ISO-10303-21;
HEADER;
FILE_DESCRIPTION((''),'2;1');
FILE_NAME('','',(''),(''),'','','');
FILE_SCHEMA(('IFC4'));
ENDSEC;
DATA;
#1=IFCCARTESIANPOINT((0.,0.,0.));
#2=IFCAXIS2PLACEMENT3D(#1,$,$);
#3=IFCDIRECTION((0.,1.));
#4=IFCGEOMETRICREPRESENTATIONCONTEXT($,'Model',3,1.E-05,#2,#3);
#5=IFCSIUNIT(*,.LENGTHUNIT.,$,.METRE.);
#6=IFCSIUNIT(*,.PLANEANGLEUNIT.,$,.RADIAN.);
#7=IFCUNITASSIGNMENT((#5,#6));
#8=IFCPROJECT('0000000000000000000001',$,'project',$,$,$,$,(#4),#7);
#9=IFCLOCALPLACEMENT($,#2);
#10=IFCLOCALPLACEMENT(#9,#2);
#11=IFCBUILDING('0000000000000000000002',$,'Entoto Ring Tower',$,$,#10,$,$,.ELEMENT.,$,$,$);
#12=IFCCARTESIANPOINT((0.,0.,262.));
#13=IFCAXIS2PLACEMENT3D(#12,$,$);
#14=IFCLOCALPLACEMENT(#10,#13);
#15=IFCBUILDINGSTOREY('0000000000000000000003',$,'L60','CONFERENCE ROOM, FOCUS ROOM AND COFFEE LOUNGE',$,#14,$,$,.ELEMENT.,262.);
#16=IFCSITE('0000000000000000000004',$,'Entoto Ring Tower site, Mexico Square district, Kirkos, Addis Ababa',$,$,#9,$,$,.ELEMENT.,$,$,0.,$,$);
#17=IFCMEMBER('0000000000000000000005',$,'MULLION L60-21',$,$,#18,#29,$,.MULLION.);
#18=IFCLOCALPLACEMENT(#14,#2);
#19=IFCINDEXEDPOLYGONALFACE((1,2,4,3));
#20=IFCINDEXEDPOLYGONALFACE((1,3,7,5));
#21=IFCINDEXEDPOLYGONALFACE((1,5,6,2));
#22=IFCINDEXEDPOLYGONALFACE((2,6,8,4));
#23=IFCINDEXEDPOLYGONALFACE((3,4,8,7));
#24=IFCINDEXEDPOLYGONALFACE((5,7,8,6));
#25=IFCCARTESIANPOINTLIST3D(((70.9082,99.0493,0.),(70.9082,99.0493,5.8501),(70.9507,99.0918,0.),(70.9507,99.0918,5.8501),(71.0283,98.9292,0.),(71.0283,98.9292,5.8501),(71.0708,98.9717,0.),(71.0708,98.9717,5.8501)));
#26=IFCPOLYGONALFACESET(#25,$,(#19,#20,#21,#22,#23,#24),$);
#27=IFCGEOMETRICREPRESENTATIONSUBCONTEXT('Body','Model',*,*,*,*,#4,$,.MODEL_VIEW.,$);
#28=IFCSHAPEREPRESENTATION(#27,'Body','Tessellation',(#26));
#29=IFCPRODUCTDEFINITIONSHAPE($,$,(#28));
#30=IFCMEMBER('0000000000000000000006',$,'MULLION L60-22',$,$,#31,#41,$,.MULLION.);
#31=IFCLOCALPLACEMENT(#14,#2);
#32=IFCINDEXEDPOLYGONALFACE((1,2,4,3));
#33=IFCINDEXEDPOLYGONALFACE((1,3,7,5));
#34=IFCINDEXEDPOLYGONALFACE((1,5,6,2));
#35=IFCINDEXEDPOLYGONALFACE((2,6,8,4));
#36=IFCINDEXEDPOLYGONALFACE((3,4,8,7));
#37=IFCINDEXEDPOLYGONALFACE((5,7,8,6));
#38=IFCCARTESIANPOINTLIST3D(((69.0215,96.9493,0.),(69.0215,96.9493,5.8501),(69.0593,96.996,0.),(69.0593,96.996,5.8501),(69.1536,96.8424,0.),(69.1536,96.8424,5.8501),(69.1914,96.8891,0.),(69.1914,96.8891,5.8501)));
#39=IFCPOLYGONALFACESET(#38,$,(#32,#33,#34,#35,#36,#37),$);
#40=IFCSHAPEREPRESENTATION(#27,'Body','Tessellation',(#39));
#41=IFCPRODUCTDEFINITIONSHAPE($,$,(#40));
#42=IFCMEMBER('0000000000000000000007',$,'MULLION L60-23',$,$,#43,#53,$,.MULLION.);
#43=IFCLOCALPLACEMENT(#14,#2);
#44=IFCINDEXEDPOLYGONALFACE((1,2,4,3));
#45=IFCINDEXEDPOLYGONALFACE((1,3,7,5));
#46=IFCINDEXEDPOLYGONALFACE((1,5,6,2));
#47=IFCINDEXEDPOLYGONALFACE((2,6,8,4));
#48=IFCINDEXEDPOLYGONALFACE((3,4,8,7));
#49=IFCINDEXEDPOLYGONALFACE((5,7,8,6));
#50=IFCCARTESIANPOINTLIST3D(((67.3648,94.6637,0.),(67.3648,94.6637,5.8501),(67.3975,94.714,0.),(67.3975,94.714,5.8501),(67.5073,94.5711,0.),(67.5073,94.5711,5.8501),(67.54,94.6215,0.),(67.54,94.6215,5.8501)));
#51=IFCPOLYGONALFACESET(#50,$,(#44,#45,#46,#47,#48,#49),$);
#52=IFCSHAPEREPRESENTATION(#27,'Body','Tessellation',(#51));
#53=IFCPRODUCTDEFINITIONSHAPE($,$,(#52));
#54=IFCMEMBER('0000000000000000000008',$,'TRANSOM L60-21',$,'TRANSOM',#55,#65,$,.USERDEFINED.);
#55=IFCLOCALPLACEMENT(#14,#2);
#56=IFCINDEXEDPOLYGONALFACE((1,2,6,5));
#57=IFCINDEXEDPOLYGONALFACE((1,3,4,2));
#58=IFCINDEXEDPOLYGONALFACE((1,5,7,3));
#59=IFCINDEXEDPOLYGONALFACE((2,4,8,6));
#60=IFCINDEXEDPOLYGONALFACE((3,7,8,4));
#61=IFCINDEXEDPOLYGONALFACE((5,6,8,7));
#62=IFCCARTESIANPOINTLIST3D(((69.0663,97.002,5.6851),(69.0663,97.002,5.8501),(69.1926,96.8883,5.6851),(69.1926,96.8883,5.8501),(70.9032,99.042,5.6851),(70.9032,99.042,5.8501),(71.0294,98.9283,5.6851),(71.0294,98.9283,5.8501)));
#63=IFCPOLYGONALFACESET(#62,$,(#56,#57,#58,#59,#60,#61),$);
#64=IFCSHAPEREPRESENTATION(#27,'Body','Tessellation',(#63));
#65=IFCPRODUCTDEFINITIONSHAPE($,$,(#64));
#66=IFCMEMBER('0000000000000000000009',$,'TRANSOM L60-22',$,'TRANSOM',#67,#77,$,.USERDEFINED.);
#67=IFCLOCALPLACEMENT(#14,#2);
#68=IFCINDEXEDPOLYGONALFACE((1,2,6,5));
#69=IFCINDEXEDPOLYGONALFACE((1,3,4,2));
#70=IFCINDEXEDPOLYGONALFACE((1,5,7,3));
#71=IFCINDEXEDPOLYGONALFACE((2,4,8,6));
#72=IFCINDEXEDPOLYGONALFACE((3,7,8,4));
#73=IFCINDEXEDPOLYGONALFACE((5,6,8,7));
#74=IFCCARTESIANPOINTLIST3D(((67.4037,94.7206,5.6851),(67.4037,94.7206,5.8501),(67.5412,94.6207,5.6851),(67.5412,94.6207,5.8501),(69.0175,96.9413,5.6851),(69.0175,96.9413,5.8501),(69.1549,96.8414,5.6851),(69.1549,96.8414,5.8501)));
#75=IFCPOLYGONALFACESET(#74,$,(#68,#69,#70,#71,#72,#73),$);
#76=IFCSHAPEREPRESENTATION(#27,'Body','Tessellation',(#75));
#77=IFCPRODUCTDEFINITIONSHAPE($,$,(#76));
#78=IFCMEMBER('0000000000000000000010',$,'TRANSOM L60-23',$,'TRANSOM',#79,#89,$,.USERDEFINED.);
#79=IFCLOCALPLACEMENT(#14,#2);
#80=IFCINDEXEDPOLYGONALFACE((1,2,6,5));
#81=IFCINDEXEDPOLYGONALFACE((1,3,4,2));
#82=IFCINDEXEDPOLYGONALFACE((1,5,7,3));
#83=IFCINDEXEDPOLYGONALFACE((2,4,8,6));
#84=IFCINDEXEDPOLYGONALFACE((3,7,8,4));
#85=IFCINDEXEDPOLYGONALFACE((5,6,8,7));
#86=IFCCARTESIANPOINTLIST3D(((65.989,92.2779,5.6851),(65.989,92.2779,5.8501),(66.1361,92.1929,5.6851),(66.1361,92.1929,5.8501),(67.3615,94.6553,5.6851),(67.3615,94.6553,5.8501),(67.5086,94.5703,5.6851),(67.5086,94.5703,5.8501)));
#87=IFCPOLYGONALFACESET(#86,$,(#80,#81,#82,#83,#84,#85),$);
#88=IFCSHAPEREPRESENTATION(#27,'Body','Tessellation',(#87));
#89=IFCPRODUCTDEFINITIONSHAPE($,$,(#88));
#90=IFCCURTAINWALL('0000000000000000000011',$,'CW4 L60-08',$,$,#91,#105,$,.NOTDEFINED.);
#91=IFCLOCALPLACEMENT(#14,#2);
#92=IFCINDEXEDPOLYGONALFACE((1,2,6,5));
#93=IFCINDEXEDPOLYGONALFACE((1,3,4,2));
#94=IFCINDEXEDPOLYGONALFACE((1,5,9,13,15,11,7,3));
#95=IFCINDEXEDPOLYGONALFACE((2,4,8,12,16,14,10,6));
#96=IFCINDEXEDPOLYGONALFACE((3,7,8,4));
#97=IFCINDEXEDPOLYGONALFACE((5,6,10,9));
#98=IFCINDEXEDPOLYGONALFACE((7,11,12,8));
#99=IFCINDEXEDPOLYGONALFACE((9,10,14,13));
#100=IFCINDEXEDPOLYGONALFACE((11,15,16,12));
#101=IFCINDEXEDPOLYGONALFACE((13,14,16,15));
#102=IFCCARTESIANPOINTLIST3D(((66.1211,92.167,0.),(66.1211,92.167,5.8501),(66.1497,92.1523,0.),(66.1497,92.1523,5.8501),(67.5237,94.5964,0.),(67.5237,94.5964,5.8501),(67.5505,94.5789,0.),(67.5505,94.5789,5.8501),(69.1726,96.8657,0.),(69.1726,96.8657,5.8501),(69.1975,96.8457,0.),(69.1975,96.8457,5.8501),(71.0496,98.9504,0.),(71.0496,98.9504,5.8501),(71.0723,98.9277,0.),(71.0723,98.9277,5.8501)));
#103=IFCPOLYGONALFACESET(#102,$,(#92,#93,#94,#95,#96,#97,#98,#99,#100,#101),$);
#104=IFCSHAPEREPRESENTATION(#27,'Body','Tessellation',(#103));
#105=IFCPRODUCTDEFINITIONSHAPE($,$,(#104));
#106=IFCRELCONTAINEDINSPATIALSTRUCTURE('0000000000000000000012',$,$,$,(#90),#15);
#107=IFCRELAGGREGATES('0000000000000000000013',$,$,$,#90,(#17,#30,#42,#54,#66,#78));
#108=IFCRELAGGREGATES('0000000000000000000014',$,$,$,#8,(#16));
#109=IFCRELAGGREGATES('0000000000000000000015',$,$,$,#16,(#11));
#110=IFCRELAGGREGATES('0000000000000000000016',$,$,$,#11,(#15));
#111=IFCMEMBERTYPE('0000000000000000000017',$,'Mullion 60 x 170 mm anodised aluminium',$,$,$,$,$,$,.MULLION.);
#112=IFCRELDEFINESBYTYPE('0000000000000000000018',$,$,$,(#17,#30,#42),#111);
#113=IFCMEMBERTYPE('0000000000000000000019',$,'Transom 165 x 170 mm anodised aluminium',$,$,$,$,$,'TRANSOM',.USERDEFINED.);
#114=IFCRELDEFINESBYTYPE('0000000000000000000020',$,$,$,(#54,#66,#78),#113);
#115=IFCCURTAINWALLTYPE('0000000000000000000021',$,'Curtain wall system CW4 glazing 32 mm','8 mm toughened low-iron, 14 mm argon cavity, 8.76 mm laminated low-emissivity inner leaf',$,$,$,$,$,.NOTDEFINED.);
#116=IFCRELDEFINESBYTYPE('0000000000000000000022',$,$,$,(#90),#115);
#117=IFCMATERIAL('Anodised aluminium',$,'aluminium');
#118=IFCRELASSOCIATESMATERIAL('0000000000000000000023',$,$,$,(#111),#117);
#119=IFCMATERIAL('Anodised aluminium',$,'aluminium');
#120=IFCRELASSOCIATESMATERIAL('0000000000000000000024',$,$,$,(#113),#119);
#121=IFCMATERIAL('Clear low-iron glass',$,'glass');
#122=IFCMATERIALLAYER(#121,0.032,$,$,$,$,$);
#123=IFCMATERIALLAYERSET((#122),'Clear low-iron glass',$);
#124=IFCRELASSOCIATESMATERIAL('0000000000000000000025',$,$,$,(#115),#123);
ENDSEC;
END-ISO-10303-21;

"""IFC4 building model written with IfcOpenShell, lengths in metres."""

from ifc_helpers import new_model, si_unit, direction, frame, origin, origin_2d, place, context, subcontext, project, spatial, polyline, rectangle, outline, extrude, material, layer, layer_set, material_profile, profile_set, type_object, element, aggregate, save


model = new_model("IFC4")

# Units and contexts
model_context = context("Model", 3, precision=1e-05, world=origin(), true_north=direction((0.0, 1.0)))
body_context = subcontext(model_context, "Body", "Model", "MODEL_VIEW")
ifc_project = project(units=[si_unit("LENGTHUNIT", "METRE"), si_unit("PLANEANGLEUNIT", "RADIAN")], contexts=[model_context])

# Members
ifc_material_1 = material(Name="Anodised aluminium", Category="aluminium")
ifc_material_profile_1 = material_profile(ifc_material_1, rectangle(XDim=0.0601, YDim=0.1699, at=origin_2d()), Name="Mullion 60 x 170 mm anodised aluminium")
ifc_profile_set_1 = profile_set([ifc_material_profile_1], Name="Anodised aluminium")
member_type_1 = type_object("IfcMemberType", Name="Mullion 60 x 170 mm anodised aluminium", PredefinedType="MULLION", material=ifc_profile_set_1)
site_placement = place(None, origin())
building_placement = place(site_placement, origin())
storey_placement = place(building_placement, frame((0.0, 0.0, 262.0)))
member_1_placement = place(storey_placement, frame((70.9895, 99.0105, 0.0), z_axis=(0.0, 0.0, 1.0), x_axis=(-0.707107, -0.707107, 0.0)))
member_1 = element("IfcMember", 1, at=member_1_placement, type_object=member_type_1, Name="MULLION L60-21", PredefinedType="MULLION", context=body_context, shape_type="SweptSolid", body=[
    extrude(rectangle(XDim=0.0601, YDim=0.1699, at=origin_2d()), origin(), (0.0, 0.0, 1.0), 5.8501),
])
member_2_placement = place(storey_placement, frame((69.1064, 96.9192, 0.0), z_axis=(0.0, 0.0, 1.0), x_axis=(-0.62932, -0.777146, 0.0)))
member_2 = element("IfcMember", 2, at=member_2_placement, type_object=member_type_1, Name="MULLION L60-22", PredefinedType="MULLION", context=body_context, shape_type="SweptSolid", body=[
    extrude(rectangle(XDim=0.0601, YDim=0.1699, at=origin_2d()), origin(), (0.0, 0.0, 1.0), 5.8501),
])
member_3_placement = place(storey_placement, frame((67.4524, 94.6426, 0.0), z_axis=(0.0, 0.0, 1.0), x_axis=(-0.544639, -0.838671, 0.0)))
member_3 = element("IfcMember", 3, at=member_3_placement, type_object=member_type_1, Name="MULLION L60-23", PredefinedType="MULLION", context=body_context, shape_type="SweptSolid", body=[
    extrude(rectangle(XDim=0.0601, YDim=0.1699, at=origin_2d()), origin(), (0.0, 0.0, 1.0), 5.8501),
])
ifc_material_2 = material(Name="Anodised aluminium", Category="aluminium")
ifc_material_profile_2 = material_profile(ifc_material_2, rectangle(XDim=0.1699, YDim=0.165, at=origin_2d()), Name="Transom 165 x 170 mm anodised aluminium")
ifc_profile_set_2 = profile_set([ifc_material_profile_2], Name="Anodised aluminium")
member_type_2 = type_object("IfcMemberType", Name="Transom 165 x 170 mm anodised aluminium", ElementType="TRANSOM", PredefinedType="USERDEFINED", material=ifc_profile_set_2)
member_4_placement = place(storey_placement, frame((70.9663, 98.9851, 5.7676), z_axis=(-0.669142, -0.743135, 0.0), x_axis=(0.743135, -0.669142, 0.0)))
member_4 = element("IfcMember", 4, at=member_4_placement, type_object=member_type_2, Name="TRANSOM L60-21", ObjectType="TRANSOM", PredefinedType="USERDEFINED", context=body_context, shape_type="SweptSolid", body=[
    extrude(rectangle(XDim=0.1699, YDim=0.165, at=origin_2d()), origin(), (0.0, 0.0, 1.0), 2.7451),
])
member_5_placement = place(storey_placement, frame((69.0862, 96.8914, 5.7676), z_axis=(-0.587865, -0.808959, 0.0), x_axis=(0.808959, -0.587865, 0.0)))
member_5 = element("IfcMember", 5, at=member_5_placement, type_object=member_type_2, Name="TRANSOM L60-22", ObjectType="TRANSOM", PredefinedType="USERDEFINED", context=body_context, shape_type="SweptSolid", body=[
    extrude(rectangle(XDim=0.1699, YDim=0.165, at=origin_2d()), origin(), (0.0, 0.0, 1.0), 2.7451),
])
member_6_placement = place(storey_placement, frame((67.4351, 94.6128, 5.7676), z_axis=(-0.499984, -0.866035, 0.0), x_axis=(0.866035, -0.499984, 0.0)))
member_6 = element("IfcMember", 6, at=member_6_placement, type_object=member_type_2, Name="TRANSOM L60-23", ObjectType="TRANSOM", PredefinedType="USERDEFINED", context=body_context, shape_type="SweptSolid", body=[
    extrude(rectangle(XDim=0.1699, YDim=0.165, at=origin_2d()), origin(), (0.0, 0.0, 1.0), 2.7451),
])

# Site, building, storey
site = spatial("IfcSite", under=ifc_project, at=site_placement, Name="Entoto Ring Tower site, Mexico Square district, Kirkos, Addis Ababa", CompositionType="ELEMENT", RefElevation=0.0)
building = spatial("IfcBuilding", under=site, at=building_placement, Name="Entoto Ring Tower", CompositionType="ELEMENT")
storey = spatial("IfcBuildingStorey", under=building, at=storey_placement, Name="L60", Description="CONFERENCE ROOM, FOCUS ROOM AND COFFEE LOUNGE", CompositionType="ELEMENT", Elevation=262.0)

# Curtain wall
ifc_material_3 = material(Name="Clear low-iron glass", Category="glass")
ifc_layer = layer(ifc_material_3, 0.032)
ifc_layer_set = layer_set([ifc_layer], Name="Clear low-iron glass")
curtain_wall_type = type_object("IfcCurtainWallType", Name="Curtain wall system CW4 glazing 32 mm", Description="8 mm toughened low-iron, 14 mm argon cavity, 8.76 mm laminated low-emissivity inner leaf", PredefinedType="NOTDEFINED", material=ifc_layer_set)
curtain_wall_1_placement = place(storey_placement, origin())
curtain_wall_1 = element("IfcCurtainWall", 7, at=curtain_wall_1_placement, inside=storey, type_object=curtain_wall_type, Name="CW4 L60-08", PredefinedType="NOTDEFINED", context=body_context, shape_type="SweptSolid", body=[
    extrude(outline(polyline([(71.0496, 98.9504), (69.1726, 96.8657), (67.5237, 94.5964), (66.1211, 92.167), (66.1497, 92.1523), (67.5505, 94.5789), (69.1975, 96.8457), (71.0723, 98.9277), (71.0496, 98.9504)])), origin(), (0.0, 0.0, 1.0), 5.8501),
])
aggregate(curtain_wall_1, [member_1, member_2, member_3, member_4, member_5, member_6])

save(model, "model.ifc")
